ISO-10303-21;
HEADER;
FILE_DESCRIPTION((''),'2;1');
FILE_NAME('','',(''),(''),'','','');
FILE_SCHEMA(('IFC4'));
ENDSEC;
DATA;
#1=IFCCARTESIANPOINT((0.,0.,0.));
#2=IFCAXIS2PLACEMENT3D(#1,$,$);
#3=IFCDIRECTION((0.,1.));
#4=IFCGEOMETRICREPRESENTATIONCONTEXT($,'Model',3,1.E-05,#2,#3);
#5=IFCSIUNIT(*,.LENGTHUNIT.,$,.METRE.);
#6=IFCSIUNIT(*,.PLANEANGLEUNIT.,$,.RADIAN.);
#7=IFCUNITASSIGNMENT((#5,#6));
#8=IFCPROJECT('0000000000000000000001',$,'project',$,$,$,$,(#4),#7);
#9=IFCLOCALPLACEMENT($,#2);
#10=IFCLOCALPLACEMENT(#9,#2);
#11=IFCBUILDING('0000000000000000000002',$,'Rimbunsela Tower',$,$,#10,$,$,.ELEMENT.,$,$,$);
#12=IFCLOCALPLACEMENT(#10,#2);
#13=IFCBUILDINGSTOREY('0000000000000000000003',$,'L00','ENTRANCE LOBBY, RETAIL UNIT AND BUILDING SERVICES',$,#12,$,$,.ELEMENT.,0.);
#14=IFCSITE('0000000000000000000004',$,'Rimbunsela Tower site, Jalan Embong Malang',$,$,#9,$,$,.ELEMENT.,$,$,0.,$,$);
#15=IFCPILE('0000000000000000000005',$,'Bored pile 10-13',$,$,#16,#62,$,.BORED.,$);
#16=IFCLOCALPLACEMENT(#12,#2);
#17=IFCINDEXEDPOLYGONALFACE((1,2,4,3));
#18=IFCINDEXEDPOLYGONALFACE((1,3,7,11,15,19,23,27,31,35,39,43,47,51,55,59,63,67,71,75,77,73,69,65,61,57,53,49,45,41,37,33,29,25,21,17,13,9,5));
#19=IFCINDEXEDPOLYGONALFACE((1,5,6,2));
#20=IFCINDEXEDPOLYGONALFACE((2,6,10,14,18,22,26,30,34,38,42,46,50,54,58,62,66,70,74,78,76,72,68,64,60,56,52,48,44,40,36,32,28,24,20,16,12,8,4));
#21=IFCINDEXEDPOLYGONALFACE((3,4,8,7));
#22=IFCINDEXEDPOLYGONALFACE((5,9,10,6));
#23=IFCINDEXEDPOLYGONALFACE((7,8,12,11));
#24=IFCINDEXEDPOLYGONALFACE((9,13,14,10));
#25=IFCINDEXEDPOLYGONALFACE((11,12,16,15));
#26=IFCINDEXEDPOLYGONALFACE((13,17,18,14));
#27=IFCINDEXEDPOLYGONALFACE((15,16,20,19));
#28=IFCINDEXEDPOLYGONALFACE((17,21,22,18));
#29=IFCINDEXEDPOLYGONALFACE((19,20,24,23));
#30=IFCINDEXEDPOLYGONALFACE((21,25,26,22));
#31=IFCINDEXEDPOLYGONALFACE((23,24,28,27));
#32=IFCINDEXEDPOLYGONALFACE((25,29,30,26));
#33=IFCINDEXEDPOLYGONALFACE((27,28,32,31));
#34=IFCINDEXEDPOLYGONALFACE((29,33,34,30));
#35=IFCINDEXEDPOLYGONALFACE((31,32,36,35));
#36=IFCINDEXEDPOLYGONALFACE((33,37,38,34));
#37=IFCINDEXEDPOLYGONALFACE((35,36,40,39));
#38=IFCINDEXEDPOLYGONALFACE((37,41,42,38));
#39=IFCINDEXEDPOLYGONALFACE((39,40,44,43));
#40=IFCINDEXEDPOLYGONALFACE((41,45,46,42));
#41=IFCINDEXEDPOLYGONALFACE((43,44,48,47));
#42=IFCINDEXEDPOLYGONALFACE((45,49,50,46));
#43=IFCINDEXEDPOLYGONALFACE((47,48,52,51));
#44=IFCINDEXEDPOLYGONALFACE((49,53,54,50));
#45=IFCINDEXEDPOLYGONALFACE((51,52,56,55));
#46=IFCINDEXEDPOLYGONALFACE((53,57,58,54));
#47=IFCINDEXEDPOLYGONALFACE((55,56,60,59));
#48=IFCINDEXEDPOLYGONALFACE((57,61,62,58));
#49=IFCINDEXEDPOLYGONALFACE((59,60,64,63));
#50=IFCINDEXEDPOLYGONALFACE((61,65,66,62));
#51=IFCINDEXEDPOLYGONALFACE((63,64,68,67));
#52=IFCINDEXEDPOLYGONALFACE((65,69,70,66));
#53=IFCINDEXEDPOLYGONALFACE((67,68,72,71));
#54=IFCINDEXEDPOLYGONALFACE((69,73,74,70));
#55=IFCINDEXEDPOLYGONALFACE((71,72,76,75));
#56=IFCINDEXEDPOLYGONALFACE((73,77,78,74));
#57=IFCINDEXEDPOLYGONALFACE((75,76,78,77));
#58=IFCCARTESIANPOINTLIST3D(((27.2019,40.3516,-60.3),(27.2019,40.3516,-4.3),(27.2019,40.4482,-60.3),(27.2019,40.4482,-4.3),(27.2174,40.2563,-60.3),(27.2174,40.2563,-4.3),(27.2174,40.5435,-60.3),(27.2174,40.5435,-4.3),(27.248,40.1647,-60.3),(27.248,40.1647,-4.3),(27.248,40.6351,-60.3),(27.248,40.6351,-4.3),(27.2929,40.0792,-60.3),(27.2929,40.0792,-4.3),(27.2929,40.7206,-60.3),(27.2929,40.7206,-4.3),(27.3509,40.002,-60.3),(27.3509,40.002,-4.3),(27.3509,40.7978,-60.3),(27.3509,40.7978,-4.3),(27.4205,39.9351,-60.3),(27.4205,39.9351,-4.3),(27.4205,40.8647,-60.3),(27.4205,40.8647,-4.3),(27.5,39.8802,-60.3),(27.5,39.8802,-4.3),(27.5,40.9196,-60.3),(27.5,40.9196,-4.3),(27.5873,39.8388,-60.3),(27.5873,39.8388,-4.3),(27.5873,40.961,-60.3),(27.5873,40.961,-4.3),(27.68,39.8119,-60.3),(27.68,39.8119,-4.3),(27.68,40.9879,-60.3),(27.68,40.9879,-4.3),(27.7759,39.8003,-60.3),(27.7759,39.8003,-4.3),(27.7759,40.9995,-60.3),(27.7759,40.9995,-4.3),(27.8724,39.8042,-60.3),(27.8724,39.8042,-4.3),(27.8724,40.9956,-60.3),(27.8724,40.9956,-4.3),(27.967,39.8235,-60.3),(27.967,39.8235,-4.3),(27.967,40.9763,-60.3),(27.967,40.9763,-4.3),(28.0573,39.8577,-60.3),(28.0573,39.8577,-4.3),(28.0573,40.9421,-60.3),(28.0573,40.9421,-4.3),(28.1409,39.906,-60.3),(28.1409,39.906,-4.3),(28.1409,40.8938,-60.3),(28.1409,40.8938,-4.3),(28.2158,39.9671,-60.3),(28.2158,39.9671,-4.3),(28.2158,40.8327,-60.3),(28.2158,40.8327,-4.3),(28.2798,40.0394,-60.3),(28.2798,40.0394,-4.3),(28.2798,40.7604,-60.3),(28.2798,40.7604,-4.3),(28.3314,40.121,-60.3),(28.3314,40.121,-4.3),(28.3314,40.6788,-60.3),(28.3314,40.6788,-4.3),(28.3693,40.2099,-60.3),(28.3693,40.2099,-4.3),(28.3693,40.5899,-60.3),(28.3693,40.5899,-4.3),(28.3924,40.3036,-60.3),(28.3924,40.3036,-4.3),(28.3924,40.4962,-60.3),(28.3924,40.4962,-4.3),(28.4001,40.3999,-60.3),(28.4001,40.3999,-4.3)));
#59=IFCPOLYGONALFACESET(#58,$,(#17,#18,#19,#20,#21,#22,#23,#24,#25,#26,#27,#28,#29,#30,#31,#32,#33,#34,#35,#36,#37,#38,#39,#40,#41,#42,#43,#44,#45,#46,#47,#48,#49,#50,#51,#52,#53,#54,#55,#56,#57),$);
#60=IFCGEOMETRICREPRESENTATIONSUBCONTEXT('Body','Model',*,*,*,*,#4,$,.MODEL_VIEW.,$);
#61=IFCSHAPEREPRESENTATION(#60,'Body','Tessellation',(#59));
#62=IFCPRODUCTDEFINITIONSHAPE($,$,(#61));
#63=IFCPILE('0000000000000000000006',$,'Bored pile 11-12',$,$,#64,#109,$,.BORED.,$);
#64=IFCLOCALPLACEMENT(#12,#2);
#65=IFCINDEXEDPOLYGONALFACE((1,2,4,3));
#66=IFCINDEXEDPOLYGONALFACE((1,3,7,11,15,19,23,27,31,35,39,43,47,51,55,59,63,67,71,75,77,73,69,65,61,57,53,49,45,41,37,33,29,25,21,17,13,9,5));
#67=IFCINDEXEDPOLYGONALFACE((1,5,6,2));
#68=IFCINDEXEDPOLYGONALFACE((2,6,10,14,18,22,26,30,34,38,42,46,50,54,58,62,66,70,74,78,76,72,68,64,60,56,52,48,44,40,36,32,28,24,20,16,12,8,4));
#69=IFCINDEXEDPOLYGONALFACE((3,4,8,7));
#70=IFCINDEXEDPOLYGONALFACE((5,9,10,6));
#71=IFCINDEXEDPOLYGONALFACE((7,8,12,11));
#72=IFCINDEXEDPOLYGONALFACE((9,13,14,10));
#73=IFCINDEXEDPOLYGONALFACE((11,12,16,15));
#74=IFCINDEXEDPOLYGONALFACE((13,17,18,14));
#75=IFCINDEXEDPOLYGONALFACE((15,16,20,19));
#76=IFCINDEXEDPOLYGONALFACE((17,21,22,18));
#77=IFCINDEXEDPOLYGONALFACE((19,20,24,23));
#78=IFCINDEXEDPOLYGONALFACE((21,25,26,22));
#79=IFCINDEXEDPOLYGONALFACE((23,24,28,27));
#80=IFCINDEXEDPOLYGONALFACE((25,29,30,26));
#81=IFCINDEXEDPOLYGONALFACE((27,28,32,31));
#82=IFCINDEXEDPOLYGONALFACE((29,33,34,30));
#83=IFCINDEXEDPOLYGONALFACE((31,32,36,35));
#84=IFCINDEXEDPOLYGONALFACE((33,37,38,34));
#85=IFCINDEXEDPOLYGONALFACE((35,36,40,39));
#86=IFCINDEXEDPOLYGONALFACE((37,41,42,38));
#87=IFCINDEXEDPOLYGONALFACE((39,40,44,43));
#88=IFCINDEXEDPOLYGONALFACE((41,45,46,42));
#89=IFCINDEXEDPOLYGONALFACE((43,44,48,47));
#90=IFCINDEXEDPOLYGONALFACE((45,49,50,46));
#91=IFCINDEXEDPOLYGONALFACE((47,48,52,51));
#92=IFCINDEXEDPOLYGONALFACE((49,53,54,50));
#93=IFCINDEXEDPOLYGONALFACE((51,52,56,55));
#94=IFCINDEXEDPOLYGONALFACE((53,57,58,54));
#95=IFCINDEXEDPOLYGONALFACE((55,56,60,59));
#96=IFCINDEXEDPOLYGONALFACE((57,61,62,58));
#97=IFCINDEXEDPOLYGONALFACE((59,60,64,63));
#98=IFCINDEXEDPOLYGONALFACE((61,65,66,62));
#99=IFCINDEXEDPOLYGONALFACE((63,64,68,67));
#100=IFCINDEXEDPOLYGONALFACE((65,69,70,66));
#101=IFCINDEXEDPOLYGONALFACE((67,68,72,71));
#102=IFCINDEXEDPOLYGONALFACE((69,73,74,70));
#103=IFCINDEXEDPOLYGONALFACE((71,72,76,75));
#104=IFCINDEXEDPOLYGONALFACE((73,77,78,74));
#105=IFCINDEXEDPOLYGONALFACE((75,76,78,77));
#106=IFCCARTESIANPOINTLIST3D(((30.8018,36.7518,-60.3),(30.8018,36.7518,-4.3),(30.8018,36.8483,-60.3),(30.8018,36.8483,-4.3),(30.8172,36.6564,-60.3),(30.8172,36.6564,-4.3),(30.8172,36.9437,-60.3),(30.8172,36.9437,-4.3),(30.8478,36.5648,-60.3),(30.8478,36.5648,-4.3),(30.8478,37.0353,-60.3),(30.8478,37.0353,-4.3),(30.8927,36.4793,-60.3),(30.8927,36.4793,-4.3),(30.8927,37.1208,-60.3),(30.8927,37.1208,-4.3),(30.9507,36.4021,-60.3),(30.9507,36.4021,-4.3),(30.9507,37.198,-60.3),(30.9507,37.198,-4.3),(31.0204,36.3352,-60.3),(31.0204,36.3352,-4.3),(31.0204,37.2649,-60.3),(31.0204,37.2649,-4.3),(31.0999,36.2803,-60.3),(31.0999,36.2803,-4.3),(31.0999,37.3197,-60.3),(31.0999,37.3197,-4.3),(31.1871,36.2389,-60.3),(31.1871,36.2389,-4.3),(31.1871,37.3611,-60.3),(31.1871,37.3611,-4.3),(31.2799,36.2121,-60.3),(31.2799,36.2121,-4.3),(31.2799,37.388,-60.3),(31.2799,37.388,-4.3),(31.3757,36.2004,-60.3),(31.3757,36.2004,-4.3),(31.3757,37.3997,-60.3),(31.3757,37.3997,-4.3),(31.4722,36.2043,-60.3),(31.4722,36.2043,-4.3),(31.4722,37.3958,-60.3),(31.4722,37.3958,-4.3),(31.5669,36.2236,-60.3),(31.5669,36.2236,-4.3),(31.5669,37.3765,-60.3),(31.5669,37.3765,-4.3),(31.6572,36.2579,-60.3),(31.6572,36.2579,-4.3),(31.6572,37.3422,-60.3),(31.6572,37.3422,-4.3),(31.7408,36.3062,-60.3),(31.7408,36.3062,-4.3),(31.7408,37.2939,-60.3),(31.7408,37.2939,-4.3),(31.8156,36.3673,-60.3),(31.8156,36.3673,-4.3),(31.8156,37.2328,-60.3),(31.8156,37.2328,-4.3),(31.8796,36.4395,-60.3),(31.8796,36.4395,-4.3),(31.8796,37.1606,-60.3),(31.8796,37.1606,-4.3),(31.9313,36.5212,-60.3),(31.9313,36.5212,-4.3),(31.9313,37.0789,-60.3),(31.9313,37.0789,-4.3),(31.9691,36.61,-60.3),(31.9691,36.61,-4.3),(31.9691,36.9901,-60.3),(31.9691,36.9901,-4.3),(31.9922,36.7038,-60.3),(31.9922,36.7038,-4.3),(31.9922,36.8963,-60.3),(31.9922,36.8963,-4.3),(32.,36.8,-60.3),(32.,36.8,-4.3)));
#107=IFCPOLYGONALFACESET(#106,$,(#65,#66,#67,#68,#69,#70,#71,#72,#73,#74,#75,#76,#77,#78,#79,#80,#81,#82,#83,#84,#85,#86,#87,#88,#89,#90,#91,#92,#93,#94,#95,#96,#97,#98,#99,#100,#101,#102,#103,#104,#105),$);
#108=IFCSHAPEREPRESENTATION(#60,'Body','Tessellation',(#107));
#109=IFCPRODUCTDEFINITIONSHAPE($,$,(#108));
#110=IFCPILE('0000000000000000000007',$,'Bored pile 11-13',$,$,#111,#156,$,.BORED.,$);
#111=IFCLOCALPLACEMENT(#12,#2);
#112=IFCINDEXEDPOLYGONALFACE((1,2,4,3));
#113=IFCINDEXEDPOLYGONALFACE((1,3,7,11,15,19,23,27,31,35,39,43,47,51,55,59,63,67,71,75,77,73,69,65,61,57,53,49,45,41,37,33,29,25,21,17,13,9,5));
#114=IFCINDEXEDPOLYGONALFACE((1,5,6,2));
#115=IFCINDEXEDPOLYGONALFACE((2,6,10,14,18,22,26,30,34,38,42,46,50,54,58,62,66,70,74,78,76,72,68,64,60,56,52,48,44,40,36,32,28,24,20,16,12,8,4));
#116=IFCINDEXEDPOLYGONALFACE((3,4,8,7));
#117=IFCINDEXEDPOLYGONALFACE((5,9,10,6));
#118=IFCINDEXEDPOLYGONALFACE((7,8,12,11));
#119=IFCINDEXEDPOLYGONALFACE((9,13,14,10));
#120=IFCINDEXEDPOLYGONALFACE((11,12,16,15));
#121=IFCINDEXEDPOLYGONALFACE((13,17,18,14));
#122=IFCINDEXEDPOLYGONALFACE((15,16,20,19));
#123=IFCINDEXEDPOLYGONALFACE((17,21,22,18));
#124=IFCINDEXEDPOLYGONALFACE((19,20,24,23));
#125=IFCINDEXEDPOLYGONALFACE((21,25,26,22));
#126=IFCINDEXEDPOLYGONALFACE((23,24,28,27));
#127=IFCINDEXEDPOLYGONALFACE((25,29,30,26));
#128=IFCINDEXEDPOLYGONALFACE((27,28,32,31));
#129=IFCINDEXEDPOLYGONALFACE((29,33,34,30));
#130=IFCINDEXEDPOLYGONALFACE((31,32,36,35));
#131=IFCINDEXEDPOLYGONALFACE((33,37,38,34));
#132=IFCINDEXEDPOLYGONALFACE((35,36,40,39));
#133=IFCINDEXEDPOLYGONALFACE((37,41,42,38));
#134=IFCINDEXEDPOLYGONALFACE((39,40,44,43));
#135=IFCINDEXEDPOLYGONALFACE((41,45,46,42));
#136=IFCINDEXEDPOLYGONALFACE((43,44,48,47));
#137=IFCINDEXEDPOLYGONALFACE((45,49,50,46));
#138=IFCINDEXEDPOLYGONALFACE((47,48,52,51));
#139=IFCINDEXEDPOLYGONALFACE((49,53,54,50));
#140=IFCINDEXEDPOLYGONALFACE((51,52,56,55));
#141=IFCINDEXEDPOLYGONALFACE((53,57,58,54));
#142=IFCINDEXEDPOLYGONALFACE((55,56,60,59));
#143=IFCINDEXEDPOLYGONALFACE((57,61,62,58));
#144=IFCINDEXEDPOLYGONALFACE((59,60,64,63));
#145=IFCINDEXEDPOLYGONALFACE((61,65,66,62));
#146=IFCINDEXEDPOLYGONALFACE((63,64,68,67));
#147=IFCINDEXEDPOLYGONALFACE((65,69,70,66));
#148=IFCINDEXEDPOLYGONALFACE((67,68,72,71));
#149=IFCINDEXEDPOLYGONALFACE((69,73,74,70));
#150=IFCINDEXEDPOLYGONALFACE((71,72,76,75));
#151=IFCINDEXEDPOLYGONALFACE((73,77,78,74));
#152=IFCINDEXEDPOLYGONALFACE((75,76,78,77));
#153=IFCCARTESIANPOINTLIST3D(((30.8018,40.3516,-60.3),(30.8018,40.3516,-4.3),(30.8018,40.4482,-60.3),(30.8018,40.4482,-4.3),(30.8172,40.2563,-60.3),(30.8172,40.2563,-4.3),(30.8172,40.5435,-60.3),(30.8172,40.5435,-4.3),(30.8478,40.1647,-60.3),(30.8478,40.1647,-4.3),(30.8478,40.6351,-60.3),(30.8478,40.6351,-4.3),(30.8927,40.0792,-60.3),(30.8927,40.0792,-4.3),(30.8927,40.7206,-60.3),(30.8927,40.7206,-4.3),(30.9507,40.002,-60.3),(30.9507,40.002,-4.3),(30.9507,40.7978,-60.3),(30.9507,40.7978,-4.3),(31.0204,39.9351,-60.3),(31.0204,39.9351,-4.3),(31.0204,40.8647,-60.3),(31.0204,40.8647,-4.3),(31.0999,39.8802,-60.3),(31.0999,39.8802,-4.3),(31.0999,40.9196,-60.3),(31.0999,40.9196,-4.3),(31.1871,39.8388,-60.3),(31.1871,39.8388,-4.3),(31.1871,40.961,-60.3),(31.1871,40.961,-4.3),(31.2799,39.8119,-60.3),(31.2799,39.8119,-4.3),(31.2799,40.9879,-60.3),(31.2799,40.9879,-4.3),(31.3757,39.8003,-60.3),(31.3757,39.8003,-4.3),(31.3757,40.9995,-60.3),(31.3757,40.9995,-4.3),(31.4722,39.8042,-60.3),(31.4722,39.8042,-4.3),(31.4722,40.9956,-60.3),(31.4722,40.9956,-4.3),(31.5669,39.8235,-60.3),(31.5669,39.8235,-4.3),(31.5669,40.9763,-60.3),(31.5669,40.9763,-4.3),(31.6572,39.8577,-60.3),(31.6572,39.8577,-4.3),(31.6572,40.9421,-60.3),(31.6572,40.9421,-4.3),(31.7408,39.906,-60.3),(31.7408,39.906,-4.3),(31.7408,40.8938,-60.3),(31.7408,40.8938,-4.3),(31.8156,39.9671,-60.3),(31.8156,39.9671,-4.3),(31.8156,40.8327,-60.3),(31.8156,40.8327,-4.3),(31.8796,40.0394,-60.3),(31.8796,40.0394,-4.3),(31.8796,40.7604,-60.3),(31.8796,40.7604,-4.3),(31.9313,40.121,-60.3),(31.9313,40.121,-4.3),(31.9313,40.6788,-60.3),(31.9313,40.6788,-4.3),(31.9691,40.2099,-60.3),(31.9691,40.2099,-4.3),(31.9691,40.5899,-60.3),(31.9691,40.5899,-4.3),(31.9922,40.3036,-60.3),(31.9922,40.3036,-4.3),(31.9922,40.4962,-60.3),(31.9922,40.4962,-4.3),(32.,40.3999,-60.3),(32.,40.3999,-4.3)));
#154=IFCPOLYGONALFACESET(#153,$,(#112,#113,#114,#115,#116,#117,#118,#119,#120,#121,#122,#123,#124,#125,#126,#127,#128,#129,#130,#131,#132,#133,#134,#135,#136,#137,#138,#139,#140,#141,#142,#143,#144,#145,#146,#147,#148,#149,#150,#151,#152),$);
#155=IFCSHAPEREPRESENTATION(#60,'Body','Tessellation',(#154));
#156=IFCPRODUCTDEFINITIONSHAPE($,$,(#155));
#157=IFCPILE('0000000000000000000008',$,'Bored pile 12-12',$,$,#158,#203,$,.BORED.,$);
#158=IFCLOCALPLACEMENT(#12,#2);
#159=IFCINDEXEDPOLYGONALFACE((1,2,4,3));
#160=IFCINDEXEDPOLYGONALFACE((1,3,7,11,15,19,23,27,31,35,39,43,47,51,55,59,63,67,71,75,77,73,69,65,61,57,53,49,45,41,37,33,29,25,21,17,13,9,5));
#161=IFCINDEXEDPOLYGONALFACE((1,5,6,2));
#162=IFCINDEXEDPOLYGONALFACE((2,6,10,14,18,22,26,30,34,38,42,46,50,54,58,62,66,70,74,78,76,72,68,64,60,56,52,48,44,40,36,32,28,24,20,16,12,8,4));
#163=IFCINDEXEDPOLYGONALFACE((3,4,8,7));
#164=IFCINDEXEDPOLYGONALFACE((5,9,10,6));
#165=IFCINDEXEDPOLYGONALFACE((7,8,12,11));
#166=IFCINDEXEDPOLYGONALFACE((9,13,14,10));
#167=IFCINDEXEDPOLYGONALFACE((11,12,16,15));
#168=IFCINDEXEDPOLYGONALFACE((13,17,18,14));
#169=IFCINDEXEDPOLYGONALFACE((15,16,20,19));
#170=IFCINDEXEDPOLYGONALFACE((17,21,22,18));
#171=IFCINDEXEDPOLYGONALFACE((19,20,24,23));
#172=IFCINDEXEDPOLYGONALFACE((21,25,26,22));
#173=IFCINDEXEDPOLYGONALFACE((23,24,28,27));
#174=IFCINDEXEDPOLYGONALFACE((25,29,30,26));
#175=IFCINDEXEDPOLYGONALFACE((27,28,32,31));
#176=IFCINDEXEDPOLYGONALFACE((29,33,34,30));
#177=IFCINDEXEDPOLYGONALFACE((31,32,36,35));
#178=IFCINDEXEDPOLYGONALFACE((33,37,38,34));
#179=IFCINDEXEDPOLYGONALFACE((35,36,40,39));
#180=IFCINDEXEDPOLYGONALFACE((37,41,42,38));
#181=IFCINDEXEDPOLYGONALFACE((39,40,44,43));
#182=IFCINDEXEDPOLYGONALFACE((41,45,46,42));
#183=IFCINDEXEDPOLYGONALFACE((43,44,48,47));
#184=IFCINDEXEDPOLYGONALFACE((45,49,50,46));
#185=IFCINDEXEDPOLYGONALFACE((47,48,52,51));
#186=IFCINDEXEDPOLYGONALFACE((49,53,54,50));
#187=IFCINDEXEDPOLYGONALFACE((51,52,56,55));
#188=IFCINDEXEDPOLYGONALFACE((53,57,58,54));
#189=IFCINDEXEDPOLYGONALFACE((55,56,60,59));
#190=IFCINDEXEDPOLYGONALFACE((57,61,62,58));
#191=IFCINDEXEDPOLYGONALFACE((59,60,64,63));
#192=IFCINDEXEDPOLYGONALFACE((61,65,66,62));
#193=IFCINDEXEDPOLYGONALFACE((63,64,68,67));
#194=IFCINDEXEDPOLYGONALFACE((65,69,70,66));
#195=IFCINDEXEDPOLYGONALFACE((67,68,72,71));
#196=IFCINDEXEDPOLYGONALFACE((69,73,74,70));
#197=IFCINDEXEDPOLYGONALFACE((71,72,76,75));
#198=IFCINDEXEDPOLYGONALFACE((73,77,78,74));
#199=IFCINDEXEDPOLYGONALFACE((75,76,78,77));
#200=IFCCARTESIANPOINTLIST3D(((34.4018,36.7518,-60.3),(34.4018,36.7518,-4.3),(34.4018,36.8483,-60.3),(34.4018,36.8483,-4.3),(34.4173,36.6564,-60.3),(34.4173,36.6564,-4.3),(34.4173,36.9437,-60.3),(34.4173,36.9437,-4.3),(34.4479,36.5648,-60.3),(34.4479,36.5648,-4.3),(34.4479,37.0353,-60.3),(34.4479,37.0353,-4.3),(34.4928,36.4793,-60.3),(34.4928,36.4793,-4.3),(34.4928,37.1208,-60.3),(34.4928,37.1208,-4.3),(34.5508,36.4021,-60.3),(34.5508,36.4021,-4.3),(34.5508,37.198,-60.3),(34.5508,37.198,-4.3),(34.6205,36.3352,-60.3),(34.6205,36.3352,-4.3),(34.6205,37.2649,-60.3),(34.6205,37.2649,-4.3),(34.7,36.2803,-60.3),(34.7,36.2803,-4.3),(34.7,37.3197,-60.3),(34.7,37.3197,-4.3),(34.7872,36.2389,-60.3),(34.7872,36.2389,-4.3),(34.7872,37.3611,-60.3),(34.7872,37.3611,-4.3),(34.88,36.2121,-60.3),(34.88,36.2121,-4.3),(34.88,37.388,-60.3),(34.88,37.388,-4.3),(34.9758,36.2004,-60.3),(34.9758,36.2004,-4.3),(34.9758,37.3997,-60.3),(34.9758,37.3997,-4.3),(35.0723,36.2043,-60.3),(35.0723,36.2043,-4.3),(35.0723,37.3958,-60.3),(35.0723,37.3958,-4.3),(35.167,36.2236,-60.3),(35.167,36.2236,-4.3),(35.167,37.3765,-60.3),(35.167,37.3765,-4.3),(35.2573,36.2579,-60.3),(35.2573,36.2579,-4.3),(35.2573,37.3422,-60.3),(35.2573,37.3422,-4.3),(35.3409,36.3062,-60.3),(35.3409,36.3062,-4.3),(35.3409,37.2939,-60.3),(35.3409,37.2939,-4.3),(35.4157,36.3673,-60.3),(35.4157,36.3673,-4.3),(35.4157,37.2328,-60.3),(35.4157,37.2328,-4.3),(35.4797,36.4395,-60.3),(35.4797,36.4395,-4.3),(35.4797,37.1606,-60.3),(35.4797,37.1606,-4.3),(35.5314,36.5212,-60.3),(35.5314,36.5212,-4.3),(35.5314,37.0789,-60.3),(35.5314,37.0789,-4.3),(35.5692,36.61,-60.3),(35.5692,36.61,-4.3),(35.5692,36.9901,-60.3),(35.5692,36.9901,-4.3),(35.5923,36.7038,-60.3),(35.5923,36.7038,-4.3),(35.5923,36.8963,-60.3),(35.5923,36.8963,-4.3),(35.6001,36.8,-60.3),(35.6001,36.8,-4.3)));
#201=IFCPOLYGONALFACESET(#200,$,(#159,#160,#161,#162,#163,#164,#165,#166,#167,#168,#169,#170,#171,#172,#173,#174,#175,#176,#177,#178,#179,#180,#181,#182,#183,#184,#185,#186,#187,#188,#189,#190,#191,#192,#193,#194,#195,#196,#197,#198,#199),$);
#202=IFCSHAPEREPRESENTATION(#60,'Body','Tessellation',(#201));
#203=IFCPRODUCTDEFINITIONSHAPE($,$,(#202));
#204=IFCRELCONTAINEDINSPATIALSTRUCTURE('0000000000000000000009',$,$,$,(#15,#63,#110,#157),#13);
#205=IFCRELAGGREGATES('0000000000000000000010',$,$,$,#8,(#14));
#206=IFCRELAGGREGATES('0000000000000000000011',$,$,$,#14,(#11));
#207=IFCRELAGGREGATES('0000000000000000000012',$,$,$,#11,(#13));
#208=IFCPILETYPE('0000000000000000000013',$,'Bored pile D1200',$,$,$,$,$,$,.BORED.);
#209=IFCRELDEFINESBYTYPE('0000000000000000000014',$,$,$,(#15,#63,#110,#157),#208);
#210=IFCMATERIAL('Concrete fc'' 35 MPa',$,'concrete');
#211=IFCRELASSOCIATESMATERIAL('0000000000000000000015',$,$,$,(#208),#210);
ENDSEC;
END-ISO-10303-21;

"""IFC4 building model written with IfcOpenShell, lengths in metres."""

from ifc_helpers import new_model, si_unit, direction, frame, origin, origin_2d, place, context, subcontext, project, spatial, circle, extrude, material, material_profile, profile_set, type_object, element, save


model = new_model("IFC4")

# Units and contexts
model_context = context("Model", 3, precision=1e-05, world=origin(), true_north=direction((0.0, 1.0)))
body_context = subcontext(model_context, "Body", "Model", "MODEL_VIEW")
ifc_project = project(units=[si_unit("LENGTHUNIT", "METRE"), si_unit("PLANEANGLEUNIT", "RADIAN")], contexts=[model_context])

# Site, building, storey
site_placement = place(None, origin())
site = spatial("IfcSite", under=ifc_project, at=site_placement, Name="Rimbunsela Tower site, Jalan Embong Malang", CompositionType="ELEMENT", RefElevation=0.0)
building_placement = place(site_placement, origin())
building = spatial("IfcBuilding", under=site, at=building_placement, Name="Rimbunsela Tower", CompositionType="ELEMENT")
storey_placement = place(building_placement, origin())
storey = spatial("IfcBuildingStorey", under=building, at=storey_placement, Name="L00", Description="ENTRANCE LOBBY, RETAIL UNIT AND BUILDING SERVICES", CompositionType="ELEMENT", Elevation=0.0)

# Piles
ifc_material_1 = material(Name="Concrete fc' 35 MPa", Category="concrete")
ifc_material_profile_1 = material_profile(ifc_material_1, circle(Radius=0.6001, at=origin_2d()), Name="BP D1200")
ifc_profile_set_1 = profile_set([ifc_material_profile_1], Name="Concrete fc' 35 MPa")
pile_type = type_object("IfcPileType", Name="Bored pile D1200", PredefinedType="BORED", material=ifc_profile_set_1)
for number, where, z_axis, x_axis, name in (
    (1, (27.8, 40.3999, -4.3), (0.0, 0.0, -1.0), (1.0, 0.0, 0.0), "Bored pile 10-13"),
    (2, (31.3999, 36.8, -4.3), (0.0, 0.0, -1.0), (1.0, 0.0, 0.0), "Bored pile 11-12"),
    (3, (31.3999, 40.3999, -4.3), (0.0, 0.0, -1.0), (1.0, 0.0, 0.0), "Bored pile 11-13"),
    (4, (35.0, 36.8, -4.3), (0.0, 0.0, -1.0), (1.0, 0.0, 0.0), "Bored pile 12-12"),
):
    element("IfcPile", number, at=place(storey_placement, frame(where, z_axis=z_axis, x_axis=x_axis)), inside=storey, type_object=pile_type, Name=name, PredefinedType="BORED", context=body_context, shape_type="SweptSolid", body=[
        extrude(circle(Radius=0.6001, at=origin_2d()), origin(), (0.0, 0.0, 1.0), 56.0),
    ])

save(model, "model.ifc")
